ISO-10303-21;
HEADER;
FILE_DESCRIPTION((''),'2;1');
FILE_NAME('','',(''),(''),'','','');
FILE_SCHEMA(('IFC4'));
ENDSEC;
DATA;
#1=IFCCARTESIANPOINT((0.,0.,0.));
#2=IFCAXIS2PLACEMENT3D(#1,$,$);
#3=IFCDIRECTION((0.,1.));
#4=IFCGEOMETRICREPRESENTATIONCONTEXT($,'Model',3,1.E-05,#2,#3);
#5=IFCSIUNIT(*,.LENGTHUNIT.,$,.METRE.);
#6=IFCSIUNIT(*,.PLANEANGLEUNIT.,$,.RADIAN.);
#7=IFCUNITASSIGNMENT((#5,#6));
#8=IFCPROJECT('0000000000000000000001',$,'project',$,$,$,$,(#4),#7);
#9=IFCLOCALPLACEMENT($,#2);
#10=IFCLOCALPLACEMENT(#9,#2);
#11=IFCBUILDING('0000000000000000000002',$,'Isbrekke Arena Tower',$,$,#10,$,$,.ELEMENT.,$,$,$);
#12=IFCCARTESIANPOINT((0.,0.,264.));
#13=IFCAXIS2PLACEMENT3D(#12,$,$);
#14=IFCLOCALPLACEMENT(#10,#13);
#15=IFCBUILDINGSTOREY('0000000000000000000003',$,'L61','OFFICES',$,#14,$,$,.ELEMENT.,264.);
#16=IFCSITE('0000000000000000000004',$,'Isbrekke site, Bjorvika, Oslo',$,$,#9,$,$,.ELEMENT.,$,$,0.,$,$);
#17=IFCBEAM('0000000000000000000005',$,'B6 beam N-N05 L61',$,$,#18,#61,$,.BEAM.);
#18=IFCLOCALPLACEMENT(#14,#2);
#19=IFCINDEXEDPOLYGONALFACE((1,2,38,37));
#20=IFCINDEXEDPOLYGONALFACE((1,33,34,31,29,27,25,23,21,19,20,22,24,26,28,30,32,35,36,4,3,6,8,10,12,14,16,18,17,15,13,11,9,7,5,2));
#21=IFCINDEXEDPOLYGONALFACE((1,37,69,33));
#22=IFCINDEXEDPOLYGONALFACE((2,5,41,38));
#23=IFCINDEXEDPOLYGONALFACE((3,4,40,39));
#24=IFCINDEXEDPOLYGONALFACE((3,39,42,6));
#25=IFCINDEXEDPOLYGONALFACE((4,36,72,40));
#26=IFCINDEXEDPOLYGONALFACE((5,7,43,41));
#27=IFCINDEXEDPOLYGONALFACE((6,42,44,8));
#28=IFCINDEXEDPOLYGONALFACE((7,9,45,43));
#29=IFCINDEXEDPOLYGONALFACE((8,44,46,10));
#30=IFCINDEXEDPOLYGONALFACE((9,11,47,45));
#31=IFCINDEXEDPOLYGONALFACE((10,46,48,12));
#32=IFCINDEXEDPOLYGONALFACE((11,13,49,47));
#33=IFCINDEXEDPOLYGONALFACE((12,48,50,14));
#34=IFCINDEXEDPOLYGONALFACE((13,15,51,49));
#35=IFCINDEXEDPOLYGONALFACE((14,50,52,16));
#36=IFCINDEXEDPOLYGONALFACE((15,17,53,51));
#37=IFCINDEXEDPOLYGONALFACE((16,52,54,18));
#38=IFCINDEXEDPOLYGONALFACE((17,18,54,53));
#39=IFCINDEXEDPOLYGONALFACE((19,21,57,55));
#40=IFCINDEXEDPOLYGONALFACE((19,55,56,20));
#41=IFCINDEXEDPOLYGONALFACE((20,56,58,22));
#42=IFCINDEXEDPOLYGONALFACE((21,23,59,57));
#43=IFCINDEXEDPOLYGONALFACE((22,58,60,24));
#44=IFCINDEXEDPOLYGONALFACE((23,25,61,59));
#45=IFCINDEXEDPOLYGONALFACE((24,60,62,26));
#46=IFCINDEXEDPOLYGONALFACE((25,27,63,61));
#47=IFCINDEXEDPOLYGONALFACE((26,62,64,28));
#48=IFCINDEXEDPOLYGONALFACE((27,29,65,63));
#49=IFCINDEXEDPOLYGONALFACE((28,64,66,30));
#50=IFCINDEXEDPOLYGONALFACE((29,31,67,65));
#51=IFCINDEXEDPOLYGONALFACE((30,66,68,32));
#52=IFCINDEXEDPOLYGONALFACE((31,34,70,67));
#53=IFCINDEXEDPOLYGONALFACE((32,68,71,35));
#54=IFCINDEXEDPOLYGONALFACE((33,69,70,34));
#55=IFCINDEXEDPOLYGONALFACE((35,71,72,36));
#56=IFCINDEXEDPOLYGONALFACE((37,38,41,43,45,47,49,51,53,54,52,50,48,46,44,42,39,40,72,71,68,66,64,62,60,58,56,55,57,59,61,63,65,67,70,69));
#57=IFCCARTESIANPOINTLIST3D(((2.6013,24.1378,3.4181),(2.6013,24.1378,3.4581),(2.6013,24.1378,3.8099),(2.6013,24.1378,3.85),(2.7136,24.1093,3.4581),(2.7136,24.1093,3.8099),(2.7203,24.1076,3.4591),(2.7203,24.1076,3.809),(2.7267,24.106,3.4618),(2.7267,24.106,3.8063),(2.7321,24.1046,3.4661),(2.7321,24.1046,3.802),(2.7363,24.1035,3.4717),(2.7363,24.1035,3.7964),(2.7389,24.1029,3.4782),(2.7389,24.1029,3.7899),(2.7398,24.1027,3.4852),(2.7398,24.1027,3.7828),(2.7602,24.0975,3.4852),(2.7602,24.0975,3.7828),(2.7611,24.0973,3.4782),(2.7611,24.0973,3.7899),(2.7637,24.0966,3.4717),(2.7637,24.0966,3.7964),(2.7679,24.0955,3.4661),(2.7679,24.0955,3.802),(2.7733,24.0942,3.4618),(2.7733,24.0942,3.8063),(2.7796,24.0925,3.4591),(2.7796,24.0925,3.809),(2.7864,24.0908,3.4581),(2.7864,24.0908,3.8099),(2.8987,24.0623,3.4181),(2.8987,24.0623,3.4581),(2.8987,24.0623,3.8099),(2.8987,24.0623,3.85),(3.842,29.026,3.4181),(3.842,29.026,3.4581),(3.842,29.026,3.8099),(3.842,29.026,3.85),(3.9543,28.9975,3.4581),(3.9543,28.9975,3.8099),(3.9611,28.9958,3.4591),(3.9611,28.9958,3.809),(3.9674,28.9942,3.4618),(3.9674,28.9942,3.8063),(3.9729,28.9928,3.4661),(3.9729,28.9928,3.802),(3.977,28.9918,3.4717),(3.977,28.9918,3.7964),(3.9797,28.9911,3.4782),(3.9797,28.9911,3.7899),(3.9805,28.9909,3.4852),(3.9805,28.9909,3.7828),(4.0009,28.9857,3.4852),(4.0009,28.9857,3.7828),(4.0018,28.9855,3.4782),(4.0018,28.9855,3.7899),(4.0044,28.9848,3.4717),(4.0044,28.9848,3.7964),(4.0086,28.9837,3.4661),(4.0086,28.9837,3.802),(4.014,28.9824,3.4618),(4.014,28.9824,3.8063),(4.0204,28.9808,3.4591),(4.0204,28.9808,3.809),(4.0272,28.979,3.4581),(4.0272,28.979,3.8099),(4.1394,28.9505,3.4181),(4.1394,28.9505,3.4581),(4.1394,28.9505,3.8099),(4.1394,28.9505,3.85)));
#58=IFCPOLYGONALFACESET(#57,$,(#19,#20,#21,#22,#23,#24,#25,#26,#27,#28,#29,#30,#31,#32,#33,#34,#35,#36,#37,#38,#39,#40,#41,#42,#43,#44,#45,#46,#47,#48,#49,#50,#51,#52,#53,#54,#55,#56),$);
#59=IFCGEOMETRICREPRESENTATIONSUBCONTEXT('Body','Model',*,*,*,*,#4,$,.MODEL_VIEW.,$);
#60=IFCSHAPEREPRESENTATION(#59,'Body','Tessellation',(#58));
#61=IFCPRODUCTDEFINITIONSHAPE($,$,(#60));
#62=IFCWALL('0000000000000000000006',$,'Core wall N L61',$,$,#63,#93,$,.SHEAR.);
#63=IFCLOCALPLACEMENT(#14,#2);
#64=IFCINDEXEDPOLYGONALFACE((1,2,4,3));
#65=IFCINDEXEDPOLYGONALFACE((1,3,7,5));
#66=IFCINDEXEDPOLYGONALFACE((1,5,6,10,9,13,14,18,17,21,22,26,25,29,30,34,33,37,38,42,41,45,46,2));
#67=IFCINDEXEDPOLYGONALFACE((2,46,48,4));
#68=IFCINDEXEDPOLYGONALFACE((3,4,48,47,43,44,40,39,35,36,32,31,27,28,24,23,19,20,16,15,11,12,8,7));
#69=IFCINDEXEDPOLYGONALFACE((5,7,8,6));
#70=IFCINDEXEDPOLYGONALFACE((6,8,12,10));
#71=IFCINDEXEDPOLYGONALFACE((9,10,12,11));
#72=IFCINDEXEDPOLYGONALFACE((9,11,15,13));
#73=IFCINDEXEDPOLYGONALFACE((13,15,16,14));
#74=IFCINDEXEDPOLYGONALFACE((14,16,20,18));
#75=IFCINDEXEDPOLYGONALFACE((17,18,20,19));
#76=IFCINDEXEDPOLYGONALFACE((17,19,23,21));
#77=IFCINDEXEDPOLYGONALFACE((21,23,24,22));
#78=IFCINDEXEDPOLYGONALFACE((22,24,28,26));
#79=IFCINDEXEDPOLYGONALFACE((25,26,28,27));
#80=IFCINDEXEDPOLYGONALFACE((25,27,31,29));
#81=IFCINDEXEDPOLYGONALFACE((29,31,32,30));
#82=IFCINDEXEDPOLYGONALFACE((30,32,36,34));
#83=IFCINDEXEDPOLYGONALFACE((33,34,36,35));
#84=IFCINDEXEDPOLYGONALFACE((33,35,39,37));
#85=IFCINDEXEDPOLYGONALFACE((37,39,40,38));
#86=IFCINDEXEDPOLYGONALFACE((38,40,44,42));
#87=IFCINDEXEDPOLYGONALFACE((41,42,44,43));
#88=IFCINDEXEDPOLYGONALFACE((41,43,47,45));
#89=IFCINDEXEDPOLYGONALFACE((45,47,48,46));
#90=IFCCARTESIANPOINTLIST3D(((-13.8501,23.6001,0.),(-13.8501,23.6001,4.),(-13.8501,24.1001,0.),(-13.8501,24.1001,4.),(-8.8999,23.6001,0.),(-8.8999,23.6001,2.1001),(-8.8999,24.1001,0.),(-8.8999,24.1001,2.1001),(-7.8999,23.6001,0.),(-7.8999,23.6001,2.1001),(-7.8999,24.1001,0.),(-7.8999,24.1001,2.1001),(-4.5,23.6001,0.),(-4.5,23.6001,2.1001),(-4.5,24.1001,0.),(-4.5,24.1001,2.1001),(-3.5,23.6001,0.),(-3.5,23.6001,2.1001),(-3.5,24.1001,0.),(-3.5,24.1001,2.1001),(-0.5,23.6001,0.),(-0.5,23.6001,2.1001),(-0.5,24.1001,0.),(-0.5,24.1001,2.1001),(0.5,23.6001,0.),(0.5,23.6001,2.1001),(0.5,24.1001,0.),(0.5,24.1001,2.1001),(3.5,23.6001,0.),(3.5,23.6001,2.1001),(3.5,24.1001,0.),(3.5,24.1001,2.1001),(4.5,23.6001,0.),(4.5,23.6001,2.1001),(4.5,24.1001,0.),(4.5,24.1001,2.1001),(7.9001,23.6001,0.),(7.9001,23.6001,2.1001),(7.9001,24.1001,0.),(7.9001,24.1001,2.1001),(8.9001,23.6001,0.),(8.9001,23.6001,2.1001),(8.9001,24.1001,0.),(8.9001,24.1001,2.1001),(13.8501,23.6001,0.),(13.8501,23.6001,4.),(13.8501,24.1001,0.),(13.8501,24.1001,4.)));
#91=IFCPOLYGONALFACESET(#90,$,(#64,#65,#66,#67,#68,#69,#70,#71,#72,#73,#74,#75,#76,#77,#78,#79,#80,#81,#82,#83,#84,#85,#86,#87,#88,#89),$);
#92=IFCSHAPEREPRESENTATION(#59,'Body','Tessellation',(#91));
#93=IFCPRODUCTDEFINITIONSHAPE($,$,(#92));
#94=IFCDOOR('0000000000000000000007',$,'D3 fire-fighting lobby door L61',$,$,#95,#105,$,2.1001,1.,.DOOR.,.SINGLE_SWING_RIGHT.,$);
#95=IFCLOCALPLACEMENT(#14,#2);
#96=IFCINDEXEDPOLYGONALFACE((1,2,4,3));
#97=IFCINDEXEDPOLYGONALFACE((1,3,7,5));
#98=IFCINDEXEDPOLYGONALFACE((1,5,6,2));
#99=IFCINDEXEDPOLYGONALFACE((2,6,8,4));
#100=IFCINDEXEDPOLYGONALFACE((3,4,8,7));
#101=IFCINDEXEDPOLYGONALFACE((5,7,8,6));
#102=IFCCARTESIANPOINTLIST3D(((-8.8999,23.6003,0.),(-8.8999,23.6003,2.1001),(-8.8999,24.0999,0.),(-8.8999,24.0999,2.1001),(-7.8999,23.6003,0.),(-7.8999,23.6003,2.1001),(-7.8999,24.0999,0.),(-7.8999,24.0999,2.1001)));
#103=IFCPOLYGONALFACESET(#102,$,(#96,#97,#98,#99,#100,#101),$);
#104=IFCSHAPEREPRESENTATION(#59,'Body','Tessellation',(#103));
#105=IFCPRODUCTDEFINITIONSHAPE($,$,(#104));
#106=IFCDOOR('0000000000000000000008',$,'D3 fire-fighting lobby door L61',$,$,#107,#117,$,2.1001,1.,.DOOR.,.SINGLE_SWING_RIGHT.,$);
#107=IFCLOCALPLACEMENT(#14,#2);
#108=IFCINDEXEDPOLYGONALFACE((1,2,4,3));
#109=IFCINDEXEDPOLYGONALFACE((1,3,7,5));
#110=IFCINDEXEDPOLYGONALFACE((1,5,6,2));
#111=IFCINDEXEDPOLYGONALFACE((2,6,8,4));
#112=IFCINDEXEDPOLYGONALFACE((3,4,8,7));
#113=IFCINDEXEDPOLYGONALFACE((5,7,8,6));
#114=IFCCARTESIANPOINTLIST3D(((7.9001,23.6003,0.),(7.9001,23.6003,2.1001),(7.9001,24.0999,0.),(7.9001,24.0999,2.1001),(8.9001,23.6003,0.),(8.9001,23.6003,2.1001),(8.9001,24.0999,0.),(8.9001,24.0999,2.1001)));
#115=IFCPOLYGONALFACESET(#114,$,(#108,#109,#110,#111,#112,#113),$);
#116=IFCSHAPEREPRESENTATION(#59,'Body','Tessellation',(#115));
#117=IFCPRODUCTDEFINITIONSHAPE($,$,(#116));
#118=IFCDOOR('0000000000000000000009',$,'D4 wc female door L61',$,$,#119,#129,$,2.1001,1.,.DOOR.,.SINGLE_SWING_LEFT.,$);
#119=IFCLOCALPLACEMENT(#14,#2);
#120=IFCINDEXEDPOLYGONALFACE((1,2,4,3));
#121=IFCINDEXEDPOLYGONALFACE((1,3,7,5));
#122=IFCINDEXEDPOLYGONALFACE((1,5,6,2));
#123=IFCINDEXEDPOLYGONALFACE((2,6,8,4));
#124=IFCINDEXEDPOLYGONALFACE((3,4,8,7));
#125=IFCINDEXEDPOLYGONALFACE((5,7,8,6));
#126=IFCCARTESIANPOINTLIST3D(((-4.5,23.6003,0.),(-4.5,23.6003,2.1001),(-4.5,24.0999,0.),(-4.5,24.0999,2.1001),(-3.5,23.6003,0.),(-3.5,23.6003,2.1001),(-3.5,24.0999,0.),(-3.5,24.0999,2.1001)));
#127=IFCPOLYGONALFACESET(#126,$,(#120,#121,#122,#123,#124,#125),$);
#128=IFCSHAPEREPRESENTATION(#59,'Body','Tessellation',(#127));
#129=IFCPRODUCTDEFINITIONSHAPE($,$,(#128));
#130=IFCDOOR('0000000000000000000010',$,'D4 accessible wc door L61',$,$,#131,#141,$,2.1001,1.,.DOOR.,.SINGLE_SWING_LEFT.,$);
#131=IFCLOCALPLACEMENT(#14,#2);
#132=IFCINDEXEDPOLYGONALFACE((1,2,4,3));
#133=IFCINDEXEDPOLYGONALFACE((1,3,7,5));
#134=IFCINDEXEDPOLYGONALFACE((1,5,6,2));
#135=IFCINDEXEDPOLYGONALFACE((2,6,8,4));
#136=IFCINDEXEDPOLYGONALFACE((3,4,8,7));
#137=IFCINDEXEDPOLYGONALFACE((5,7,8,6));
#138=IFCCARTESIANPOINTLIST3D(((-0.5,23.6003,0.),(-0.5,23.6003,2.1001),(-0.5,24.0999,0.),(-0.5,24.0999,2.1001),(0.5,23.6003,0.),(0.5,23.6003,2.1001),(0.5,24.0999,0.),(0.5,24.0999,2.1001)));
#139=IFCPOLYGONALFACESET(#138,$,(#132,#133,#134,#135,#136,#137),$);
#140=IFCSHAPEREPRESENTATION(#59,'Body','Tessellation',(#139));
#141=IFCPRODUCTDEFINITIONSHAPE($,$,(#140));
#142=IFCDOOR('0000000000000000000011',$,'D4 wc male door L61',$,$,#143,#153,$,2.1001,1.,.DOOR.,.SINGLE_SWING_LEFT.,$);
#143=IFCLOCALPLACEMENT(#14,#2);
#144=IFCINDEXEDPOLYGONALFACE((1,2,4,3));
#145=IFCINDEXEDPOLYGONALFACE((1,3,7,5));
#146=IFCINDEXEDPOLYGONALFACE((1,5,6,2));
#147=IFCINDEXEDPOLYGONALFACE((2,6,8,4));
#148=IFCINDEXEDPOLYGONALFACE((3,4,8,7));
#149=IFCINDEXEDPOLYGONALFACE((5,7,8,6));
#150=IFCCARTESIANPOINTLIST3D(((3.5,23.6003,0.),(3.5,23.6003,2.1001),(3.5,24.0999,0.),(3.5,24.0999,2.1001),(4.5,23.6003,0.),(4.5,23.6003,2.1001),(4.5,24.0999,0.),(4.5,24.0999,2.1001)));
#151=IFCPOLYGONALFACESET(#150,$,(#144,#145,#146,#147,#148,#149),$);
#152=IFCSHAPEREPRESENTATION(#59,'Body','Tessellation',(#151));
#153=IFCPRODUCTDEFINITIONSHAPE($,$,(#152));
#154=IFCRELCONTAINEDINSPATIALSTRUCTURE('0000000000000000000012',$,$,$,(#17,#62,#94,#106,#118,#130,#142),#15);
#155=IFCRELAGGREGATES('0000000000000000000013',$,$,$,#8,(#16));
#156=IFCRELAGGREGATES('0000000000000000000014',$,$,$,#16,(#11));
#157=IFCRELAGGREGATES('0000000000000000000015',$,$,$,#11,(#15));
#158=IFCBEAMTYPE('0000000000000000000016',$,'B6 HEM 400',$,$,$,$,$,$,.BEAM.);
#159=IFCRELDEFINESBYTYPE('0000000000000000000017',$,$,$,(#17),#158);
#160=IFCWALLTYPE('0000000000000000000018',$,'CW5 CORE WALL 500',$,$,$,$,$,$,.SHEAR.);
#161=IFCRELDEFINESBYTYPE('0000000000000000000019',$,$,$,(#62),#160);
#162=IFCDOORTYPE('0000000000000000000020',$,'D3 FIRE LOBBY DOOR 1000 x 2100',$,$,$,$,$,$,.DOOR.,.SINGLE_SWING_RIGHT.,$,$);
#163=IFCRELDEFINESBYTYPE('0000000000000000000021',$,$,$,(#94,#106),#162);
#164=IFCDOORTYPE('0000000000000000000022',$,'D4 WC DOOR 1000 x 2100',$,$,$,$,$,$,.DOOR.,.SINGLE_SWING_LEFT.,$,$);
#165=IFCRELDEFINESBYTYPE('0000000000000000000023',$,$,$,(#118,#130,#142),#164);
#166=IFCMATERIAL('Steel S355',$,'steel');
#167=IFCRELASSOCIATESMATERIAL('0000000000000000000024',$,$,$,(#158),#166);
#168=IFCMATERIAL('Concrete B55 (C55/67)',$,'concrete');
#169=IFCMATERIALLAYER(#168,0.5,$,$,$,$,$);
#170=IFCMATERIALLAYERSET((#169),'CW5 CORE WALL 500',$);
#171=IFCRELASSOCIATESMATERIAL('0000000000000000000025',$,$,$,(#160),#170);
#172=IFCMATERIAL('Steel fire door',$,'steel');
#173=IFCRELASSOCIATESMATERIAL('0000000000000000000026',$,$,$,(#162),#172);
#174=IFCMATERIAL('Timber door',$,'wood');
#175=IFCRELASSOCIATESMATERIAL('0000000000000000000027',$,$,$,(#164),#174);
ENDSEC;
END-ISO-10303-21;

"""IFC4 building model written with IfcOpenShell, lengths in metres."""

from ifc_helpers import new_model, si_unit, direction, frame, frame_2d, origin, origin_2d, place, context, subcontext, project, spatial, rectangle, i_section, extrude, material, layer, layer_set, material_profile, profile_set, type_object, element, fill, save


model = new_model("IFC4")

# Units and contexts
model_context = context("Model", 3, precision=1e-05, world=origin(), true_north=direction((0.0, 1.0)))
body_context = subcontext(model_context, "Body", "Model", "MODEL_VIEW")
ifc_project = project(units=[si_unit("LENGTHUNIT", "METRE"), si_unit("PLANEANGLEUNIT", "RADIAN")], contexts=[model_context])

# Site, building, storey
site_placement = place(None, origin())
site = spatial("IfcSite", under=ifc_project, at=site_placement, Name="Isbrekke site, Bjorvika, Oslo", CompositionType="ELEMENT", RefElevation=0.0)
building_placement = place(site_placement, origin())
building = spatial("IfcBuilding", under=site, at=building_placement, Name="Isbrekke Arena Tower", CompositionType="ELEMENT")
storey_placement = place(building_placement, frame((0.0, 0.0, 264.0)))
storey = spatial("IfcBuildingStorey", under=building, at=storey_placement, Name="L61", Description="OFFICES", CompositionType="ELEMENT", Elevation=264.0)

# Beam
ifc_material_1 = material(Name="Steel S355", Category="steel")
ifc_material_profile = material_profile(ifc_material_1, i_section(OverallWidth=0.3069, OverallDepth=0.4319, WebThickness=0.021, FlangeThickness=0.04, FilletRadius=0.0271, at=origin_2d()), Name="HEM 400")
ifc_profile_set = profile_set([ifc_material_profile], Name="Steel S355")
beam_type = type_object("IfcBeamType", Name="B6 HEM 400", PredefinedType="BEAM", material=ifc_profile_set)
beam_placement = place(storey_placement, frame((3.9907, 28.9883, 3.634), z_axis=(-0.24602, -0.969265, 0.0), x_axis=(0.969265, -0.24602, 0.0)))
element("IfcBeam", 1, at=beam_placement, inside=storey, type_object=beam_type, Name="B6 beam N-N05 L61", PredefinedType="BEAM", context=body_context, shape_type="SweptSolid", body=[
    extrude(i_section(OverallWidth=0.3069, OverallDepth=0.4319, WebThickness=0.021, FlangeThickness=0.04, FilletRadius=0.0271, at=origin_2d()), origin(), (0.0, 0.0, 1.0), 5.0432),
])

# Wall, openings, doors
ifc_material_2 = material(Name="Concrete B55 (C55/67)", Category="concrete")
ifc_layer_1 = layer(ifc_material_2, 0.5)
ifc_layer_set_1 = layer_set([ifc_layer_1], Name="CW5 CORE WALL 500")
wall_type_1 = type_object("IfcWallType", Name="CW5 CORE WALL 500", PredefinedType="SHEAR", material=ifc_layer_set_1)
wall_1_placement = place(storey_placement, frame((13.8501, 23.8501, 0.0), z_axis=(0.0, 0.0, 1.0), x_axis=(-1.0, 0.0, 0.0)))
wall_1 = element("IfcWall", 2, at=wall_1_placement, inside=storey, type_object=wall_type_1, Name="Core wall N L61", PredefinedType="SHEAR", context=body_context, shape_type="SweptSolid", body=[
    extrude(rectangle(XDim=27.7002, YDim=0.5, at=frame_2d((13.8501, 0.0))), origin(), (0.0, 0.0, 1.0), 4.0),
])
opening_1_placement = place(wall_1_placement, frame((21.75, 0.0, 0.0)))
opening_1 = element("IfcOpeningElement", 3, at=opening_1_placement, cuts=wall_1, PredefinedType="OPENING", context=body_context, shape_type="SweptSolid", body=[
    extrude(rectangle(XDim=1.0, YDim=2.1001, at=frame_2d((0.5, 1.05))), frame((0.0, 0.2649, 0.0), z_axis=(0.0, -1.0, 0.0), x_axis=(1.0, 0.0, 0.0)), (0.0, 0.0, 1.0), 0.5298),
])
opening_2_placement = place(wall_1_placement, frame((4.95, 0.0, 0.0)))
opening_2 = element("IfcOpeningElement", 4, at=opening_2_placement, cuts=wall_1, PredefinedType="OPENING", context=body_context, shape_type="SweptSolid", body=[
    extrude(rectangle(XDim=1.0, YDim=2.1001, at=frame_2d((0.5, 1.05))), frame((0.0, 0.2649, 0.0), z_axis=(0.0, -1.0, 0.0), x_axis=(1.0, 0.0, 0.0)), (0.0, 0.0, 1.0), 0.5298),
])
opening_3_placement = place(wall_1_placement, frame((17.3501, 0.0, 0.0)))
opening_3 = element("IfcOpeningElement", 5, at=opening_3_placement, cuts=wall_1, PredefinedType="OPENING", context=body_context, shape_type="SweptSolid", body=[
    extrude(rectangle(XDim=1.0, YDim=2.1001, at=frame_2d((0.5, 1.05))), frame((0.0, 0.2649, 0.0), z_axis=(0.0, -1.0, 0.0), x_axis=(1.0, 0.0, 0.0)), (0.0, 0.0, 1.0), 0.5298),
])
opening_4_placement = place(wall_1_placement, frame((13.3501, 0.0, 0.0)))
opening_4 = element("IfcOpeningElement", 6, at=opening_4_placement, cuts=wall_1, PredefinedType="OPENING", context=body_context, shape_type="SweptSolid", body=[
    extrude(rectangle(XDim=1.0, YDim=2.1001, at=frame_2d((0.5, 1.05))), frame((0.0, 0.2649, 0.0), z_axis=(0.0, -1.0, 0.0), x_axis=(1.0, 0.0, 0.0)), (0.0, 0.0, 1.0), 0.5298),
])
opening_5_placement = place(wall_1_placement, frame((9.3501, 0.0, 0.0)))
opening_5 = element("IfcOpeningElement", 7, at=opening_5_placement, cuts=wall_1, PredefinedType="OPENING", context=body_context, shape_type="SweptSolid", body=[
    extrude(rectangle(XDim=1.0, YDim=2.1001, at=frame_2d((0.5, 1.05))), frame((0.0, 0.2649, 0.0), z_axis=(0.0, -1.0, 0.0), x_axis=(1.0, 0.0, 0.0)), (0.0, 0.0, 1.0), 0.5298),
])
ifc_material_3 = material(Name="Steel fire door", Category="steel")
door_type_1 = type_object("IfcDoorType", Name="D3 FIRE LOBBY DOOR 1000 x 2100", OperationType="SINGLE_SWING_RIGHT", PredefinedType="DOOR", material=ifc_material_3)
door_1_placement = place(opening_1_placement, origin())
door_1 = element("IfcDoor", 8, at=door_1_placement, inside=storey, type_object=door_type_1, Name="D3 fire-fighting lobby door L61", OperationType="SINGLE_SWING_RIGHT", OverallHeight=2.1001, OverallWidth=1.0, PredefinedType="DOOR", context=body_context, shape_type="SweptSolid", body=[
    extrude(rectangle(XDim=1.0, YDim=2.1001, at=frame_2d((0.5, 1.05))), frame((0.0, 0.2498, 0.0), z_axis=(0.0, -1.0, 0.0), x_axis=(1.0, 0.0, 0.0)), (0.0, 0.0, 1.0), 0.4995),
])
fill(opening_1, door_1)
door_2_placement = place(opening_2_placement, origin())
door_2 = element("IfcDoor", 9, at=door_2_placement, inside=storey, type_object=door_type_1, Name="D3 fire-fighting lobby door L61", OperationType="SINGLE_SWING_RIGHT", OverallHeight=2.1001, OverallWidth=1.0, PredefinedType="DOOR", context=body_context, shape_type="SweptSolid", body=[
    extrude(rectangle(XDim=1.0, YDim=2.1001, at=frame_2d((0.5, 1.05))), frame((0.0, 0.2498, 0.0), z_axis=(0.0, -1.0, 0.0), x_axis=(1.0, 0.0, 0.0)), (0.0, 0.0, 1.0), 0.4995),
])
fill(opening_2, door_2)
ifc_material_4 = material(Name="Timber door", Category="wood")
door_type_2 = type_object("IfcDoorType", Name="D4 WC DOOR 1000 x 2100", OperationType="SINGLE_SWING_LEFT", PredefinedType="DOOR", material=ifc_material_4)
door_3_placement = place(opening_3_placement, origin())
door_3 = element("IfcDoor", 10, at=door_3_placement, inside=storey, type_object=door_type_2, Name="D4 wc female door L61", OperationType="SINGLE_SWING_LEFT", OverallHeight=2.1001, OverallWidth=1.0, PredefinedType="DOOR", context=body_context, shape_type="SweptSolid", body=[
    extrude(rectangle(XDim=1.0, YDim=2.1001, at=frame_2d((0.5, 1.05))), frame((0.0, 0.2498, 0.0), z_axis=(0.0, -1.0, 0.0), x_axis=(1.0, 0.0, 0.0)), (0.0, 0.0, 1.0), 0.4995),
])
fill(opening_3, door_3)
door_4_placement = place(opening_4_placement, origin())
door_4 = element("IfcDoor", 11, at=door_4_placement, inside=storey, type_object=door_type_2, Name="D4 accessible wc door L61", OperationType="SINGLE_SWING_LEFT", OverallHeight=2.1001, OverallWidth=1.0, PredefinedType="DOOR", context=body_context, shape_type="SweptSolid", body=[
    extrude(rectangle(XDim=1.0, YDim=2.1001, at=frame_2d((0.5, 1.05))), frame((0.0, 0.2498, 0.0), z_axis=(0.0, -1.0, 0.0), x_axis=(1.0, 0.0, 0.0)), (0.0, 0.0, 1.0), 0.4995),
])
fill(opening_4, door_4)
door_5_placement = place(opening_5_placement, origin())
door_5 = element("IfcDoor", 12, at=door_5_placement, inside=storey, type_object=door_type_2, Name="D4 wc male door L61", OperationType="SINGLE_SWING_LEFT", OverallHeight=2.1001, OverallWidth=1.0, PredefinedType="DOOR", context=body_context, shape_type="SweptSolid", body=[
    extrude(rectangle(XDim=1.0, YDim=2.1001, at=frame_2d((0.5, 1.05))), frame((0.0, 0.2498, 0.0), z_axis=(0.0, -1.0, 0.0), x_axis=(1.0, 0.0, 0.0)), (0.0, 0.0, 1.0), 0.4995),
])
fill(opening_5, door_5)

save(model, "model.ifc")
